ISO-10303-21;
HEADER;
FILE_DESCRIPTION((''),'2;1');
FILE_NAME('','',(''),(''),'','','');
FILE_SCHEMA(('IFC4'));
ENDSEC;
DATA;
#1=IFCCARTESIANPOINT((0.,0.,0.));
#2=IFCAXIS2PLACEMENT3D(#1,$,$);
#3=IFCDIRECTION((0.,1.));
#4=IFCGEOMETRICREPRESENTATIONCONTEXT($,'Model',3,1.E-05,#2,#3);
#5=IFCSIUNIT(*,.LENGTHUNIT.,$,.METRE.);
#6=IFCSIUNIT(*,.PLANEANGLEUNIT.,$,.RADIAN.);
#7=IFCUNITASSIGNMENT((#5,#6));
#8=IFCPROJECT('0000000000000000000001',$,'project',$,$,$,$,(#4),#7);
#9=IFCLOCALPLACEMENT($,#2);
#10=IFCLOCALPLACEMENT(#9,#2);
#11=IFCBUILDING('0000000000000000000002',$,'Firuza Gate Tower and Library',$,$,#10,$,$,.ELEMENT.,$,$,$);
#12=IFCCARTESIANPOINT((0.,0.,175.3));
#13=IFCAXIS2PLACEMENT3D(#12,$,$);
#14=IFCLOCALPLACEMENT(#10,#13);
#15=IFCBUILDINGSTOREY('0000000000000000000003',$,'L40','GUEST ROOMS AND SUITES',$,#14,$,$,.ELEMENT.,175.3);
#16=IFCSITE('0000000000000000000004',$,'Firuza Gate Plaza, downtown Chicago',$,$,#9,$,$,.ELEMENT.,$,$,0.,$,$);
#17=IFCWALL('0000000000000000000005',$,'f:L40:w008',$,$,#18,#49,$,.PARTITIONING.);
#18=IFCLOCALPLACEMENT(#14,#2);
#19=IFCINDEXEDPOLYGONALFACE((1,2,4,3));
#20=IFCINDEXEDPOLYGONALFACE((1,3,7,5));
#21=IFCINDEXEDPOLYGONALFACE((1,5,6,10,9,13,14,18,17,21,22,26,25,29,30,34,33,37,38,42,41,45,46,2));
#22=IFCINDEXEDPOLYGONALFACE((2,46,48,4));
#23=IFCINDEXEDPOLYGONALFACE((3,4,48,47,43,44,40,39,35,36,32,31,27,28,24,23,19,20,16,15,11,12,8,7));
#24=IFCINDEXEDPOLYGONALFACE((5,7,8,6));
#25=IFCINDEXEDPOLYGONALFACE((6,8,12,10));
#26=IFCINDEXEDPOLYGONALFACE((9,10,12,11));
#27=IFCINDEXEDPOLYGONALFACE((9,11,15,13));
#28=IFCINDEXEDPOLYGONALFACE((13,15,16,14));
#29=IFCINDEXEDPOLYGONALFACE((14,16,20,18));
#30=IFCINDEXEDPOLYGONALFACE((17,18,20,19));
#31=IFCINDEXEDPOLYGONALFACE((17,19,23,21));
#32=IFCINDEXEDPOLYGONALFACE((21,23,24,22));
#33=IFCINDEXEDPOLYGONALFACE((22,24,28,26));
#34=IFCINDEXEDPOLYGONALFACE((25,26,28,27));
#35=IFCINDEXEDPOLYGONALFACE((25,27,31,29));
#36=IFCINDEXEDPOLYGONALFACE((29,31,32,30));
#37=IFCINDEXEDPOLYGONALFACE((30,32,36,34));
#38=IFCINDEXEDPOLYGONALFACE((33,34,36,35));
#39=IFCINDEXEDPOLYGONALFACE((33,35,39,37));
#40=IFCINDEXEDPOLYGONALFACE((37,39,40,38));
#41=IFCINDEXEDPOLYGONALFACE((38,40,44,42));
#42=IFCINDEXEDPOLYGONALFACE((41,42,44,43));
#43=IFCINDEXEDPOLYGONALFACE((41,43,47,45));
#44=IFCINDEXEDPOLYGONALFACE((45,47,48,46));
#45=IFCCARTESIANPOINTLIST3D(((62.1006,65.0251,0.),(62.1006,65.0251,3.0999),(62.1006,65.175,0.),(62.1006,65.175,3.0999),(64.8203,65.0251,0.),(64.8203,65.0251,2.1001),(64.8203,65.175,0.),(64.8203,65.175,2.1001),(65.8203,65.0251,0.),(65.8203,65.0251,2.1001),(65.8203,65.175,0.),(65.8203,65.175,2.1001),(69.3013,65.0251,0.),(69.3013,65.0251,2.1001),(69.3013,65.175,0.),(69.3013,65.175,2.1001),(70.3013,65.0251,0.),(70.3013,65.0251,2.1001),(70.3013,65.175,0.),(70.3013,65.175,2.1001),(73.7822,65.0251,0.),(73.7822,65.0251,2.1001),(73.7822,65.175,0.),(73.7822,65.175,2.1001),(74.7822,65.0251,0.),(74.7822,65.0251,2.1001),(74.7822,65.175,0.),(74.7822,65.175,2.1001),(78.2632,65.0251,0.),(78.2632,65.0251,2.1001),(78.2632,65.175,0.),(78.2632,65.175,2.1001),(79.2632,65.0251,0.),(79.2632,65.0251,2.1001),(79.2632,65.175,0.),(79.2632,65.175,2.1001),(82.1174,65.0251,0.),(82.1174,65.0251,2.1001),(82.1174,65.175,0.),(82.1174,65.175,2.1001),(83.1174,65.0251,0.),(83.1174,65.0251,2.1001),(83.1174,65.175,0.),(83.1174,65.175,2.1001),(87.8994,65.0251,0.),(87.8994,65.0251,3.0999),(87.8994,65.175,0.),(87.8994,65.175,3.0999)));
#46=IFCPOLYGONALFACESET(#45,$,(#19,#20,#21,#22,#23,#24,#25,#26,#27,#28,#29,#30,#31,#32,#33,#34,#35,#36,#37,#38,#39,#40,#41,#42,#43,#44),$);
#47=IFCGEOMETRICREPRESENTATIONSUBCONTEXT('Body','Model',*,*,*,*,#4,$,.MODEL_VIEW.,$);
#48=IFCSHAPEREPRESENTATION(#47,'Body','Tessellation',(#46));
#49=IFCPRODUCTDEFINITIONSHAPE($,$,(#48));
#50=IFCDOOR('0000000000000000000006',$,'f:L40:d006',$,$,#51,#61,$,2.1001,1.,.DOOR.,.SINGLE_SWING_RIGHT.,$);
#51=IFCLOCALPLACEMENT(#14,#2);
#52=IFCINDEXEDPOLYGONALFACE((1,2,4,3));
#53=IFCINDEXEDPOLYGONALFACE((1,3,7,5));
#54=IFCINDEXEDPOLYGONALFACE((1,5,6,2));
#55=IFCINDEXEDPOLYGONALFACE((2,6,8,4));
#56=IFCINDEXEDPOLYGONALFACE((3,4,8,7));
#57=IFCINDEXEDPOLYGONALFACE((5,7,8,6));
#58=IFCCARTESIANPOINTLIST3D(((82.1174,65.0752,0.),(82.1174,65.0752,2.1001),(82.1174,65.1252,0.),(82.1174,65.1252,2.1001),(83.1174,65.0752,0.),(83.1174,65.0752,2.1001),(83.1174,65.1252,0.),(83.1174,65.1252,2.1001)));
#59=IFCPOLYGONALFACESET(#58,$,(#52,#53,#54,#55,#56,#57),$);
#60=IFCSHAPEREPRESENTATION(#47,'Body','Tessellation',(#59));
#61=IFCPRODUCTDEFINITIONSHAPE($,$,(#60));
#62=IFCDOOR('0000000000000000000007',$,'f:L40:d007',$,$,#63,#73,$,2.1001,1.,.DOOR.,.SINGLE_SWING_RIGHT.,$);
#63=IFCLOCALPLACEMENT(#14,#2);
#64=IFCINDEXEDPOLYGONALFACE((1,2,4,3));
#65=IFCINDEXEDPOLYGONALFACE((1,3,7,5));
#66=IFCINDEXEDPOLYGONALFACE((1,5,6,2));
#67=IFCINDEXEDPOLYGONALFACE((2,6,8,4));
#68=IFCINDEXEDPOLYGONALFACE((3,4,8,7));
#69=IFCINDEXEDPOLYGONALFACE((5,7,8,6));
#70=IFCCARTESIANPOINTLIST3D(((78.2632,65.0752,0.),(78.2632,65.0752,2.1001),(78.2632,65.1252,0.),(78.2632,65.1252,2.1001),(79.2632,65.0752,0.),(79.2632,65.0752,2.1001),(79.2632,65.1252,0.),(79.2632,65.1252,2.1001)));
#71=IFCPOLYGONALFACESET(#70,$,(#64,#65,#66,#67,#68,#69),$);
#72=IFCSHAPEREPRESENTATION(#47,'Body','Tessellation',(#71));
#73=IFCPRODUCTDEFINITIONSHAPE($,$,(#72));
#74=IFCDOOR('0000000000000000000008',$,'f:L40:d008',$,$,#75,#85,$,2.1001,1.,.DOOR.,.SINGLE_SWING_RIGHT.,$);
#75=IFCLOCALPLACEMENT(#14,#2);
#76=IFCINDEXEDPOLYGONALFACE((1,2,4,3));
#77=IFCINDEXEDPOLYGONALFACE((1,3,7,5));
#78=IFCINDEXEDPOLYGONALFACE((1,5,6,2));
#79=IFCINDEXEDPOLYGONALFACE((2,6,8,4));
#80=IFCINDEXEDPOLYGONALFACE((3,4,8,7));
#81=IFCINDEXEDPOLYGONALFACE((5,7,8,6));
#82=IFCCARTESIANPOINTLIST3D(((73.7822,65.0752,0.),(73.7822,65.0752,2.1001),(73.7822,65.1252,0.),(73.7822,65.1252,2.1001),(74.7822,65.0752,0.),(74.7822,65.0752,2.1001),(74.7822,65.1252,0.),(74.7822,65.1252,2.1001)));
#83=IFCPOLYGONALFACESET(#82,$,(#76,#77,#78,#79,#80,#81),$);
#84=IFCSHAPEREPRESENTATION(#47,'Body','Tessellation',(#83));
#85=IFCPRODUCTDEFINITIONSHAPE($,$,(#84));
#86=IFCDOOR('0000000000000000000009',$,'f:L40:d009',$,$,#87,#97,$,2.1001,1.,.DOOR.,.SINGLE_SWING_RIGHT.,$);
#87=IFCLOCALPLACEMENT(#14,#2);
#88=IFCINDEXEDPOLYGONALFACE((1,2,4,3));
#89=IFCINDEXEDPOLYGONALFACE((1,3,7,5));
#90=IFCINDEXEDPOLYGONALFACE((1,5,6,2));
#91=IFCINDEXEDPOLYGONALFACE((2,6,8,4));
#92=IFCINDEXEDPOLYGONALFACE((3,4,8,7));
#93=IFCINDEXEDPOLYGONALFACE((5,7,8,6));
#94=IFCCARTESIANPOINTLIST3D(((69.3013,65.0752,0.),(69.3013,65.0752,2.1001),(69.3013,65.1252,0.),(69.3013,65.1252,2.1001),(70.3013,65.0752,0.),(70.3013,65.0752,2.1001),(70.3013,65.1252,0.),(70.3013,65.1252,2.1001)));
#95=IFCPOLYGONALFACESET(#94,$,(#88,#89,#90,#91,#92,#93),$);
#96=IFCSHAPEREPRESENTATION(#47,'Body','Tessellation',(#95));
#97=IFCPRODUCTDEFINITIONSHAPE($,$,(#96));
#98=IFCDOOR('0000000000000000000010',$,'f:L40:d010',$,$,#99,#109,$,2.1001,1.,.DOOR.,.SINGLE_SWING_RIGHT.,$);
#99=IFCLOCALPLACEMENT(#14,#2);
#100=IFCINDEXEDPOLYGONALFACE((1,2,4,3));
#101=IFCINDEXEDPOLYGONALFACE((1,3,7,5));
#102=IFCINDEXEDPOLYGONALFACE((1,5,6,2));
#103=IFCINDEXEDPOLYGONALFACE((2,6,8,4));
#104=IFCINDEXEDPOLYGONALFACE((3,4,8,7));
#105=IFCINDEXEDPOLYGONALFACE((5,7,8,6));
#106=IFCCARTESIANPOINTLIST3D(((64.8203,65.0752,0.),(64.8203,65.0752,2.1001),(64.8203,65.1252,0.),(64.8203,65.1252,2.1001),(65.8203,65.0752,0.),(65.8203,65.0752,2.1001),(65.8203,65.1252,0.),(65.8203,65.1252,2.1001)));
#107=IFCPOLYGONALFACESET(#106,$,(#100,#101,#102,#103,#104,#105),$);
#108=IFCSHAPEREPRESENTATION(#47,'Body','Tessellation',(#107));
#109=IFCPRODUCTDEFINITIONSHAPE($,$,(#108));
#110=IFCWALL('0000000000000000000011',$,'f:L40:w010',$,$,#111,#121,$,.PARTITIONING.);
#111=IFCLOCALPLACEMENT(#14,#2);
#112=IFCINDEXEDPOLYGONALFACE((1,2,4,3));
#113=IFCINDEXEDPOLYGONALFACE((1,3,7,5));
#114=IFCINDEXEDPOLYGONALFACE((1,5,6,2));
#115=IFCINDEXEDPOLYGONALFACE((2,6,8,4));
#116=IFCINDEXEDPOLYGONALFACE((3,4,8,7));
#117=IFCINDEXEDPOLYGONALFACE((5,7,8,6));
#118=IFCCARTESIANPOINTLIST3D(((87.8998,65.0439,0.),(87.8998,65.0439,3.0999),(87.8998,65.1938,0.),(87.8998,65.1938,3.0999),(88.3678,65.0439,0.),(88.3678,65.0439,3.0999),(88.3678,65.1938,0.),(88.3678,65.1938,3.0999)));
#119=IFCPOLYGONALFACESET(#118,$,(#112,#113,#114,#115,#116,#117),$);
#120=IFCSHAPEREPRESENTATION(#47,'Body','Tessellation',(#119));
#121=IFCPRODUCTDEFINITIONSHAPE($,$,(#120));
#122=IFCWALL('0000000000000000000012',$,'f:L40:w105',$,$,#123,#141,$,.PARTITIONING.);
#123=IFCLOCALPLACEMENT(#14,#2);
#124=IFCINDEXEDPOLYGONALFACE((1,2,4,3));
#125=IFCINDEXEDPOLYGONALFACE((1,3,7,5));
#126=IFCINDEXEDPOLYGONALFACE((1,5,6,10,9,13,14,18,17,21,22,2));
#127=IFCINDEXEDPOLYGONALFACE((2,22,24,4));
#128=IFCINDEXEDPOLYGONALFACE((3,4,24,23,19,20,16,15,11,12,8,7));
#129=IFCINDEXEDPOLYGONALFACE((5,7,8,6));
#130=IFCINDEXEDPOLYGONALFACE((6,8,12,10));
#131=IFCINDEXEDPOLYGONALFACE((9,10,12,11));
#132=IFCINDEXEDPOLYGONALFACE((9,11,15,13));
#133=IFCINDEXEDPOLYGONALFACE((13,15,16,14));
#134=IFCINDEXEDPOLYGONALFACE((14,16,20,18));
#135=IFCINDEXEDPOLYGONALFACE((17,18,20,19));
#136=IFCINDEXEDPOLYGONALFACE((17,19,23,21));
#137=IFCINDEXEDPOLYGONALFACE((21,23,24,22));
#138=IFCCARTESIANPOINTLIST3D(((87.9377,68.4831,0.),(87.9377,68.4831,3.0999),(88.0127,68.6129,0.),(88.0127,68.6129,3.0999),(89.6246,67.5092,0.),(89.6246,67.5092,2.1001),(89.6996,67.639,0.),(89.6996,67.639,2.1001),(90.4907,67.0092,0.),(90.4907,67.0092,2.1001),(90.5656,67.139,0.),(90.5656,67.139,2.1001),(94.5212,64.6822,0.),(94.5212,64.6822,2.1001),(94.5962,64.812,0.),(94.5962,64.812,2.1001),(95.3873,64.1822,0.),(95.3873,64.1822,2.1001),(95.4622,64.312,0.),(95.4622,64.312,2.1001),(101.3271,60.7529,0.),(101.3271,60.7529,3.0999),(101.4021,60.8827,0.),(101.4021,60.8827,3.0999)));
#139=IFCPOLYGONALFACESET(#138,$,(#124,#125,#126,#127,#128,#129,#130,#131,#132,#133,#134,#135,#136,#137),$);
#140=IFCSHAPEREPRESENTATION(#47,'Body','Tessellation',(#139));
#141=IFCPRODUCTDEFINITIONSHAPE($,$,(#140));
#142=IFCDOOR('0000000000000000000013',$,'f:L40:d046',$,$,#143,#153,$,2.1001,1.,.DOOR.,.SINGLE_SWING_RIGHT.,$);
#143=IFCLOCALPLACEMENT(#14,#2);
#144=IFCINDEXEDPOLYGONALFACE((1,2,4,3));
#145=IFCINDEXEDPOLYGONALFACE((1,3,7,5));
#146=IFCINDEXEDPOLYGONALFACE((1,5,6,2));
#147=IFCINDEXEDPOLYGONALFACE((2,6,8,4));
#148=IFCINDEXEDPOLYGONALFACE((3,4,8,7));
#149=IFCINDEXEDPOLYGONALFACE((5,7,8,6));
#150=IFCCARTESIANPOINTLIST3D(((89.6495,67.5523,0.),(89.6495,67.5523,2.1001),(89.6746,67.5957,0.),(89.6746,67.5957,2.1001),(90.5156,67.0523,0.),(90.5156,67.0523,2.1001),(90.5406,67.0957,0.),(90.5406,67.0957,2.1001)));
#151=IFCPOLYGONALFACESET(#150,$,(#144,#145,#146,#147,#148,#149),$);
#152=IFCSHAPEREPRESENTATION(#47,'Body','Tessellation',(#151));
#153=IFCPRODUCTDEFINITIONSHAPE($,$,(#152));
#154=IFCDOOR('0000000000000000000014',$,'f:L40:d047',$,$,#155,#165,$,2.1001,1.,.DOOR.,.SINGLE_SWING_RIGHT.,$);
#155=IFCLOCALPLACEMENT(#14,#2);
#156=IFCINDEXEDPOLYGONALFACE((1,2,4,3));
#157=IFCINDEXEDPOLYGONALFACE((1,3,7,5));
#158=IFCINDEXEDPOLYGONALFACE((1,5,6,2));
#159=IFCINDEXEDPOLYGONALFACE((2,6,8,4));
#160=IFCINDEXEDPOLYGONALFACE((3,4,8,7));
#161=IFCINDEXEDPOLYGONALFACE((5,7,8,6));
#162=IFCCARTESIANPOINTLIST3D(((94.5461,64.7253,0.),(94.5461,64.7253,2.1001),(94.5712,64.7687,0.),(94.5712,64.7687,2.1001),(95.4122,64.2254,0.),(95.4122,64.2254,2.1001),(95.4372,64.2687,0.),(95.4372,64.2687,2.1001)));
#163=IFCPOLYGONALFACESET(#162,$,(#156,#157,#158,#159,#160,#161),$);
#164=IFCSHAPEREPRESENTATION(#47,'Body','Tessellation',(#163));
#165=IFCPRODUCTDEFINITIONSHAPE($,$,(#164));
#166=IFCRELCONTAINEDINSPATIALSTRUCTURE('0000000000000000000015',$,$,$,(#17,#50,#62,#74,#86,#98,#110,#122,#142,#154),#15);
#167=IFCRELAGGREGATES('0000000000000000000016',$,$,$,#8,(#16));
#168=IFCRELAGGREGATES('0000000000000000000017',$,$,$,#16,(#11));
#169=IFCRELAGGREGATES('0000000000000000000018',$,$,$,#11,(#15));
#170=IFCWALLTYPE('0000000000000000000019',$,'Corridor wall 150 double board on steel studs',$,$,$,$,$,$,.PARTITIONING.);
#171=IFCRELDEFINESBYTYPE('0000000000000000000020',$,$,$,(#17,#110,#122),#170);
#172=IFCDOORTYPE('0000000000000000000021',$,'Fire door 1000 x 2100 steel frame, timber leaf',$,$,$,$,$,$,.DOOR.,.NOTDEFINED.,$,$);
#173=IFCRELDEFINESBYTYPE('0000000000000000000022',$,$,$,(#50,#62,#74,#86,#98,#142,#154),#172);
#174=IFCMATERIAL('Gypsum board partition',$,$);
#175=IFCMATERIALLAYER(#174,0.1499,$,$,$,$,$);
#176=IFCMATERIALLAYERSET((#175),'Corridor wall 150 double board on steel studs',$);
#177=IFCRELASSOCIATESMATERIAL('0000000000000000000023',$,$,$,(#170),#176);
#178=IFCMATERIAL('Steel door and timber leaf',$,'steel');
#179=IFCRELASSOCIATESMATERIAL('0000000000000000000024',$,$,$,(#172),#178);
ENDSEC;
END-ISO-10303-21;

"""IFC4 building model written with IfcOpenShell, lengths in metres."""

from ifc_helpers import new_model, si_unit, direction, frame, frame_2d, origin, place, context, subcontext, project, spatial, rectangle, extrude, material, layer, layer_set, type_object, element, fill, save


model = new_model("IFC4")

# Units and contexts
model_context = context("Model", 3, precision=1e-05, world=origin(), true_north=direction((0.0, 1.0)))
body_context = subcontext(model_context, "Body", "Model", "MODEL_VIEW")
ifc_project = project(units=[si_unit("LENGTHUNIT", "METRE"), si_unit("PLANEANGLEUNIT", "RADIAN")], contexts=[model_context])

# Site, building, storey
site_placement = place(None, origin())
site = spatial("IfcSite", under=ifc_project, at=site_placement, Name="Firuza Gate Plaza, downtown Chicago", CompositionType="ELEMENT", RefElevation=0.0)
building_placement = place(site_placement, origin())
building = spatial("IfcBuilding", under=site, at=building_placement, Name="Firuza Gate Tower and Library", CompositionType="ELEMENT")
storey_placement = place(building_placement, frame((0.0, 0.0, 175.3)))
storey = spatial("IfcBuildingStorey", under=building, at=storey_placement, Name="L40", Description="GUEST ROOMS AND SUITES", CompositionType="ELEMENT", Elevation=175.3)

# Wall, openings, doors
ifc_material_1 = material(Name="Gypsum board partition")
ifc_layer_1 = layer(ifc_material_1, 0.1499)
ifc_layer_set_1 = layer_set([ifc_layer_1], Name="Corridor wall 150 double board on steel studs")
wall_type_1 = type_object("IfcWallType", Name="Corridor wall 150 double board on steel studs", PredefinedType="PARTITIONING", material=ifc_layer_set_1)
wall_1_placement = place(storey_placement, frame((87.8994, 65.1001, 0.0), z_axis=(0.0, 0.0, 1.0), x_axis=(-1.0, 0.0, 0.0)))
wall_1 = element("IfcWall", 1, at=wall_1_placement, inside=storey, type_object=wall_type_1, Name="f:L40:w008", PredefinedType="PARTITIONING", context=body_context, shape_type="SweptSolid", body=[
    extrude(rectangle(XDim=25.7988, YDim=0.1499, at=frame_2d((12.8994, 0.0))), origin(), (0.0, 0.0, 1.0), 3.0999),
])
opening_1_placement = place(wall_1_placement, frame((4.782, 0.0, 0.0)))
opening_1 = element("IfcOpeningElement", 2, at=opening_1_placement, cuts=wall_1, PredefinedType="OPENING", context=body_context, shape_type="SweptSolid", body=[
    extrude(rectangle(XDim=1.0, YDim=2.1001, at=frame_2d((0.5, 1.05))), frame((0.0, 0.085, 0.0), z_axis=(0.0, -1.0, 0.0), x_axis=(1.0, 0.0, 0.0)), (0.0, 0.0, 1.0), 0.1699),
])
opening_2_placement = place(wall_1_placement, frame((8.6362, 0.0, 0.0)))
opening_2 = element("IfcOpeningElement", 3, at=opening_2_placement, cuts=wall_1, PredefinedType="OPENING", context=body_context, shape_type="SweptSolid", body=[
    extrude(rectangle(XDim=1.0, YDim=2.1001, at=frame_2d((0.5, 1.05))), frame((0.0, 0.085, 0.0), z_axis=(0.0, -1.0, 0.0), x_axis=(1.0, 0.0, 0.0)), (0.0, 0.0, 1.0), 0.1699),
])
opening_3_placement = place(wall_1_placement, frame((13.1172, 0.0, 0.0)))
opening_3 = element("IfcOpeningElement", 4, at=opening_3_placement, cuts=wall_1, PredefinedType="OPENING", context=body_context, shape_type="SweptSolid", body=[
    extrude(rectangle(XDim=1.0, YDim=2.1001, at=frame_2d((0.5, 1.05))), frame((0.0, 0.085, 0.0), z_axis=(0.0, -1.0, 0.0), x_axis=(1.0, 0.0, 0.0)), (0.0, 0.0, 1.0), 0.1699),
])
opening_4_placement = place(wall_1_placement, frame((17.5981, 0.0, 0.0)))
opening_4 = element("IfcOpeningElement", 5, at=opening_4_placement, cuts=wall_1, PredefinedType="OPENING", context=body_context, shape_type="SweptSolid", body=[
    extrude(rectangle(XDim=1.0, YDim=2.1001, at=frame_2d((0.5, 1.05))), frame((0.0, 0.085, 0.0), z_axis=(0.0, -1.0, 0.0), x_axis=(1.0, 0.0, 0.0)), (0.0, 0.0, 1.0), 0.1699),
])
opening_5_placement = place(wall_1_placement, frame((22.0791, 0.0, 0.0)))
opening_5 = element("IfcOpeningElement", 6, at=opening_5_placement, cuts=wall_1, PredefinedType="OPENING", context=body_context, shape_type="SweptSolid", body=[
    extrude(rectangle(XDim=1.0, YDim=2.1001, at=frame_2d((0.5, 1.05))), frame((0.0, 0.085, 0.0), z_axis=(0.0, -1.0, 0.0), x_axis=(1.0, 0.0, 0.0)), (0.0, 0.0, 1.0), 0.1699),
])
ifc_material_2 = material(Name="Steel door and timber leaf", Category="steel")
door_type_1 = type_object("IfcDoorType", Name="Fire door 1000 x 2100 steel frame, timber leaf", OperationType="NOTDEFINED", PredefinedType="DOOR", material=ifc_material_2)
door_1_placement = place(opening_1_placement, origin())
door_1 = element("IfcDoor", 7, at=door_1_placement, inside=storey, type_object=door_type_1, Name="f:L40:d006", OperationType="SINGLE_SWING_RIGHT", OverallHeight=2.1001, OverallWidth=1.0, PredefinedType="DOOR", context=body_context, shape_type="SweptSolid", body=[
    extrude(rectangle(XDim=1.0, YDim=2.1001, at=frame_2d((0.5, 1.05))), frame((0.0, 0.0249, 0.0), z_axis=(0.0, -1.0, 0.0), x_axis=(1.0, 0.0, 0.0)), (0.0, 0.0, 1.0), 0.05),
])
fill(opening_1, door_1)
door_2_placement = place(opening_2_placement, origin())
door_2 = element("IfcDoor", 8, at=door_2_placement, inside=storey, type_object=door_type_1, Name="f:L40:d007", OperationType="SINGLE_SWING_RIGHT", OverallHeight=2.1001, OverallWidth=1.0, PredefinedType="DOOR", context=body_context, shape_type="SweptSolid", body=[
    extrude(rectangle(XDim=1.0, YDim=2.1001, at=frame_2d((0.5, 1.05))), frame((0.0, 0.0249, 0.0), z_axis=(0.0, -1.0, 0.0), x_axis=(1.0, 0.0, 0.0)), (0.0, 0.0, 1.0), 0.05),
])
fill(opening_2, door_2)
door_3_placement = place(opening_3_placement, origin())
door_3 = element("IfcDoor", 9, at=door_3_placement, inside=storey, type_object=door_type_1, Name="f:L40:d008", OperationType="SINGLE_SWING_RIGHT", OverallHeight=2.1001, OverallWidth=1.0, PredefinedType="DOOR", context=body_context, shape_type="SweptSolid", body=[
    extrude(rectangle(XDim=1.0, YDim=2.1001, at=frame_2d((0.5, 1.05))), frame((0.0, 0.0249, 0.0), z_axis=(0.0, -1.0, 0.0), x_axis=(1.0, 0.0, 0.0)), (0.0, 0.0, 1.0), 0.05),
])
fill(opening_3, door_3)
door_4_placement = place(opening_4_placement, origin())
door_4 = element("IfcDoor", 10, at=door_4_placement, inside=storey, type_object=door_type_1, Name="f:L40:d009", OperationType="SINGLE_SWING_RIGHT", OverallHeight=2.1001, OverallWidth=1.0, PredefinedType="DOOR", context=body_context, shape_type="SweptSolid", body=[
    extrude(rectangle(XDim=1.0, YDim=2.1001, at=frame_2d((0.5, 1.05))), frame((0.0, 0.0249, 0.0), z_axis=(0.0, -1.0, 0.0), x_axis=(1.0, 0.0, 0.0)), (0.0, 0.0, 1.0), 0.05),
])
fill(opening_4, door_4)
door_5_placement = place(opening_5_placement, origin())
door_5 = element("IfcDoor", 11, at=door_5_placement, inside=storey, type_object=door_type_1, Name="f:L40:d010", OperationType="SINGLE_SWING_RIGHT", OverallHeight=2.1001, OverallWidth=1.0, PredefinedType="DOOR", context=body_context, shape_type="SweptSolid", body=[
    extrude(rectangle(XDim=1.0, YDim=2.1001, at=frame_2d((0.5, 1.05))), frame((0.0, 0.0249, 0.0), z_axis=(0.0, -1.0, 0.0), x_axis=(1.0, 0.0, 0.0)), (0.0, 0.0, 1.0), 0.05),
])
fill(opening_5, door_5)

# Wall
wall_2_placement = place(storey_placement, frame((87.8999, 65.1189, 0.0), z_axis=(0.0, 0.0, 1.0), x_axis=(1.0, 0.0, 0.0)))
element("IfcWall", 12, at=wall_2_placement, inside=storey, type_object=wall_type_1, Name="f:L40:w010", PredefinedType="PARTITIONING", context=body_context, shape_type="SweptSolid", body=[
    extrude(rectangle(XDim=0.468, YDim=0.1499, at=frame_2d((0.2339, 0.0))), origin(), (0.0, 0.0, 1.0), 3.0999),
])

# Wall, openings, doors
wall_3_placement = place(storey_placement, frame((87.9751, 68.5481, 0.0), z_axis=(0.0, 0.0, 1.0), x_axis=(0.86603, -0.499993, 0.0)))
wall_3 = element("IfcWall", 13, at=wall_3_placement, inside=storey, type_object=wall_type_1, Name="f:L40:w105", PredefinedType="PARTITIONING", context=body_context, shape_type="SweptSolid", body=[
    extrude(rectangle(XDim=15.4607, YDim=0.1499, at=frame_2d((7.7305, 0.0))), origin(), (0.0, 0.0, 1.0), 3.0999),
])
opening_6_placement = place(wall_3_placement, frame((1.948, 0.0, 0.0)))
opening_6 = element("IfcOpeningElement", 14, at=opening_6_placement, cuts=wall_3, PredefinedType="OPENING", context=body_context, shape_type="SweptSolid", body=[
    extrude(rectangle(XDim=1.0, YDim=2.1001, at=frame_2d((0.5, 1.05))), frame((0.0, 0.085, 0.0), z_axis=(0.0, -1.0, 0.0), x_axis=(1.0, 0.0, 0.0)), (0.0, 0.0, 1.0), 0.1699),
])
opening_7_placement = place(wall_3_placement, frame((7.6021, 0.0, 0.0)))
opening_7 = element("IfcOpeningElement", 15, at=opening_7_placement, cuts=wall_3, PredefinedType="OPENING", context=body_context, shape_type="SweptSolid", body=[
    extrude(rectangle(XDim=1.0, YDim=2.1001, at=frame_2d((0.5, 1.05))), frame((0.0, 0.085, 0.0), z_axis=(0.0, -1.0, 0.0), x_axis=(1.0, 0.0, 0.0)), (0.0, 0.0, 1.0), 0.1699),
])
door_6_placement = place(opening_6_placement, origin())
door_6 = element("IfcDoor", 16, at=door_6_placement, inside=storey, type_object=door_type_1, Name="f:L40:d046", OperationType="SINGLE_SWING_RIGHT", OverallHeight=2.1001, OverallWidth=1.0, PredefinedType="DOOR", context=body_context, shape_type="SweptSolid", body=[
    extrude(rectangle(XDim=1.0, YDim=2.1001, at=frame_2d((0.5, 1.05))), frame((0.0, 0.0249, 0.0), z_axis=(0.0, -1.0, 0.0), x_axis=(1.0, 0.0, 0.0)), (0.0, 0.0, 1.0), 0.05),
])
fill(opening_6, door_6)
door_7_placement = place(opening_7_placement, origin())
door_7 = element("IfcDoor", 17, at=door_7_placement, inside=storey, type_object=door_type_1, Name="f:L40:d047", OperationType="SINGLE_SWING_RIGHT", OverallHeight=2.1001, OverallWidth=1.0, PredefinedType="DOOR", context=body_context, shape_type="SweptSolid", body=[
    extrude(rectangle(XDim=1.0, YDim=2.1001, at=frame_2d((0.5, 1.05))), frame((0.0, 0.0249, 0.0), z_axis=(0.0, -1.0, 0.0), x_axis=(1.0, 0.0, 0.0)), (0.0, 0.0, 1.0), 0.05),
])
fill(opening_7, door_7)

save(model, "model.ifc")
